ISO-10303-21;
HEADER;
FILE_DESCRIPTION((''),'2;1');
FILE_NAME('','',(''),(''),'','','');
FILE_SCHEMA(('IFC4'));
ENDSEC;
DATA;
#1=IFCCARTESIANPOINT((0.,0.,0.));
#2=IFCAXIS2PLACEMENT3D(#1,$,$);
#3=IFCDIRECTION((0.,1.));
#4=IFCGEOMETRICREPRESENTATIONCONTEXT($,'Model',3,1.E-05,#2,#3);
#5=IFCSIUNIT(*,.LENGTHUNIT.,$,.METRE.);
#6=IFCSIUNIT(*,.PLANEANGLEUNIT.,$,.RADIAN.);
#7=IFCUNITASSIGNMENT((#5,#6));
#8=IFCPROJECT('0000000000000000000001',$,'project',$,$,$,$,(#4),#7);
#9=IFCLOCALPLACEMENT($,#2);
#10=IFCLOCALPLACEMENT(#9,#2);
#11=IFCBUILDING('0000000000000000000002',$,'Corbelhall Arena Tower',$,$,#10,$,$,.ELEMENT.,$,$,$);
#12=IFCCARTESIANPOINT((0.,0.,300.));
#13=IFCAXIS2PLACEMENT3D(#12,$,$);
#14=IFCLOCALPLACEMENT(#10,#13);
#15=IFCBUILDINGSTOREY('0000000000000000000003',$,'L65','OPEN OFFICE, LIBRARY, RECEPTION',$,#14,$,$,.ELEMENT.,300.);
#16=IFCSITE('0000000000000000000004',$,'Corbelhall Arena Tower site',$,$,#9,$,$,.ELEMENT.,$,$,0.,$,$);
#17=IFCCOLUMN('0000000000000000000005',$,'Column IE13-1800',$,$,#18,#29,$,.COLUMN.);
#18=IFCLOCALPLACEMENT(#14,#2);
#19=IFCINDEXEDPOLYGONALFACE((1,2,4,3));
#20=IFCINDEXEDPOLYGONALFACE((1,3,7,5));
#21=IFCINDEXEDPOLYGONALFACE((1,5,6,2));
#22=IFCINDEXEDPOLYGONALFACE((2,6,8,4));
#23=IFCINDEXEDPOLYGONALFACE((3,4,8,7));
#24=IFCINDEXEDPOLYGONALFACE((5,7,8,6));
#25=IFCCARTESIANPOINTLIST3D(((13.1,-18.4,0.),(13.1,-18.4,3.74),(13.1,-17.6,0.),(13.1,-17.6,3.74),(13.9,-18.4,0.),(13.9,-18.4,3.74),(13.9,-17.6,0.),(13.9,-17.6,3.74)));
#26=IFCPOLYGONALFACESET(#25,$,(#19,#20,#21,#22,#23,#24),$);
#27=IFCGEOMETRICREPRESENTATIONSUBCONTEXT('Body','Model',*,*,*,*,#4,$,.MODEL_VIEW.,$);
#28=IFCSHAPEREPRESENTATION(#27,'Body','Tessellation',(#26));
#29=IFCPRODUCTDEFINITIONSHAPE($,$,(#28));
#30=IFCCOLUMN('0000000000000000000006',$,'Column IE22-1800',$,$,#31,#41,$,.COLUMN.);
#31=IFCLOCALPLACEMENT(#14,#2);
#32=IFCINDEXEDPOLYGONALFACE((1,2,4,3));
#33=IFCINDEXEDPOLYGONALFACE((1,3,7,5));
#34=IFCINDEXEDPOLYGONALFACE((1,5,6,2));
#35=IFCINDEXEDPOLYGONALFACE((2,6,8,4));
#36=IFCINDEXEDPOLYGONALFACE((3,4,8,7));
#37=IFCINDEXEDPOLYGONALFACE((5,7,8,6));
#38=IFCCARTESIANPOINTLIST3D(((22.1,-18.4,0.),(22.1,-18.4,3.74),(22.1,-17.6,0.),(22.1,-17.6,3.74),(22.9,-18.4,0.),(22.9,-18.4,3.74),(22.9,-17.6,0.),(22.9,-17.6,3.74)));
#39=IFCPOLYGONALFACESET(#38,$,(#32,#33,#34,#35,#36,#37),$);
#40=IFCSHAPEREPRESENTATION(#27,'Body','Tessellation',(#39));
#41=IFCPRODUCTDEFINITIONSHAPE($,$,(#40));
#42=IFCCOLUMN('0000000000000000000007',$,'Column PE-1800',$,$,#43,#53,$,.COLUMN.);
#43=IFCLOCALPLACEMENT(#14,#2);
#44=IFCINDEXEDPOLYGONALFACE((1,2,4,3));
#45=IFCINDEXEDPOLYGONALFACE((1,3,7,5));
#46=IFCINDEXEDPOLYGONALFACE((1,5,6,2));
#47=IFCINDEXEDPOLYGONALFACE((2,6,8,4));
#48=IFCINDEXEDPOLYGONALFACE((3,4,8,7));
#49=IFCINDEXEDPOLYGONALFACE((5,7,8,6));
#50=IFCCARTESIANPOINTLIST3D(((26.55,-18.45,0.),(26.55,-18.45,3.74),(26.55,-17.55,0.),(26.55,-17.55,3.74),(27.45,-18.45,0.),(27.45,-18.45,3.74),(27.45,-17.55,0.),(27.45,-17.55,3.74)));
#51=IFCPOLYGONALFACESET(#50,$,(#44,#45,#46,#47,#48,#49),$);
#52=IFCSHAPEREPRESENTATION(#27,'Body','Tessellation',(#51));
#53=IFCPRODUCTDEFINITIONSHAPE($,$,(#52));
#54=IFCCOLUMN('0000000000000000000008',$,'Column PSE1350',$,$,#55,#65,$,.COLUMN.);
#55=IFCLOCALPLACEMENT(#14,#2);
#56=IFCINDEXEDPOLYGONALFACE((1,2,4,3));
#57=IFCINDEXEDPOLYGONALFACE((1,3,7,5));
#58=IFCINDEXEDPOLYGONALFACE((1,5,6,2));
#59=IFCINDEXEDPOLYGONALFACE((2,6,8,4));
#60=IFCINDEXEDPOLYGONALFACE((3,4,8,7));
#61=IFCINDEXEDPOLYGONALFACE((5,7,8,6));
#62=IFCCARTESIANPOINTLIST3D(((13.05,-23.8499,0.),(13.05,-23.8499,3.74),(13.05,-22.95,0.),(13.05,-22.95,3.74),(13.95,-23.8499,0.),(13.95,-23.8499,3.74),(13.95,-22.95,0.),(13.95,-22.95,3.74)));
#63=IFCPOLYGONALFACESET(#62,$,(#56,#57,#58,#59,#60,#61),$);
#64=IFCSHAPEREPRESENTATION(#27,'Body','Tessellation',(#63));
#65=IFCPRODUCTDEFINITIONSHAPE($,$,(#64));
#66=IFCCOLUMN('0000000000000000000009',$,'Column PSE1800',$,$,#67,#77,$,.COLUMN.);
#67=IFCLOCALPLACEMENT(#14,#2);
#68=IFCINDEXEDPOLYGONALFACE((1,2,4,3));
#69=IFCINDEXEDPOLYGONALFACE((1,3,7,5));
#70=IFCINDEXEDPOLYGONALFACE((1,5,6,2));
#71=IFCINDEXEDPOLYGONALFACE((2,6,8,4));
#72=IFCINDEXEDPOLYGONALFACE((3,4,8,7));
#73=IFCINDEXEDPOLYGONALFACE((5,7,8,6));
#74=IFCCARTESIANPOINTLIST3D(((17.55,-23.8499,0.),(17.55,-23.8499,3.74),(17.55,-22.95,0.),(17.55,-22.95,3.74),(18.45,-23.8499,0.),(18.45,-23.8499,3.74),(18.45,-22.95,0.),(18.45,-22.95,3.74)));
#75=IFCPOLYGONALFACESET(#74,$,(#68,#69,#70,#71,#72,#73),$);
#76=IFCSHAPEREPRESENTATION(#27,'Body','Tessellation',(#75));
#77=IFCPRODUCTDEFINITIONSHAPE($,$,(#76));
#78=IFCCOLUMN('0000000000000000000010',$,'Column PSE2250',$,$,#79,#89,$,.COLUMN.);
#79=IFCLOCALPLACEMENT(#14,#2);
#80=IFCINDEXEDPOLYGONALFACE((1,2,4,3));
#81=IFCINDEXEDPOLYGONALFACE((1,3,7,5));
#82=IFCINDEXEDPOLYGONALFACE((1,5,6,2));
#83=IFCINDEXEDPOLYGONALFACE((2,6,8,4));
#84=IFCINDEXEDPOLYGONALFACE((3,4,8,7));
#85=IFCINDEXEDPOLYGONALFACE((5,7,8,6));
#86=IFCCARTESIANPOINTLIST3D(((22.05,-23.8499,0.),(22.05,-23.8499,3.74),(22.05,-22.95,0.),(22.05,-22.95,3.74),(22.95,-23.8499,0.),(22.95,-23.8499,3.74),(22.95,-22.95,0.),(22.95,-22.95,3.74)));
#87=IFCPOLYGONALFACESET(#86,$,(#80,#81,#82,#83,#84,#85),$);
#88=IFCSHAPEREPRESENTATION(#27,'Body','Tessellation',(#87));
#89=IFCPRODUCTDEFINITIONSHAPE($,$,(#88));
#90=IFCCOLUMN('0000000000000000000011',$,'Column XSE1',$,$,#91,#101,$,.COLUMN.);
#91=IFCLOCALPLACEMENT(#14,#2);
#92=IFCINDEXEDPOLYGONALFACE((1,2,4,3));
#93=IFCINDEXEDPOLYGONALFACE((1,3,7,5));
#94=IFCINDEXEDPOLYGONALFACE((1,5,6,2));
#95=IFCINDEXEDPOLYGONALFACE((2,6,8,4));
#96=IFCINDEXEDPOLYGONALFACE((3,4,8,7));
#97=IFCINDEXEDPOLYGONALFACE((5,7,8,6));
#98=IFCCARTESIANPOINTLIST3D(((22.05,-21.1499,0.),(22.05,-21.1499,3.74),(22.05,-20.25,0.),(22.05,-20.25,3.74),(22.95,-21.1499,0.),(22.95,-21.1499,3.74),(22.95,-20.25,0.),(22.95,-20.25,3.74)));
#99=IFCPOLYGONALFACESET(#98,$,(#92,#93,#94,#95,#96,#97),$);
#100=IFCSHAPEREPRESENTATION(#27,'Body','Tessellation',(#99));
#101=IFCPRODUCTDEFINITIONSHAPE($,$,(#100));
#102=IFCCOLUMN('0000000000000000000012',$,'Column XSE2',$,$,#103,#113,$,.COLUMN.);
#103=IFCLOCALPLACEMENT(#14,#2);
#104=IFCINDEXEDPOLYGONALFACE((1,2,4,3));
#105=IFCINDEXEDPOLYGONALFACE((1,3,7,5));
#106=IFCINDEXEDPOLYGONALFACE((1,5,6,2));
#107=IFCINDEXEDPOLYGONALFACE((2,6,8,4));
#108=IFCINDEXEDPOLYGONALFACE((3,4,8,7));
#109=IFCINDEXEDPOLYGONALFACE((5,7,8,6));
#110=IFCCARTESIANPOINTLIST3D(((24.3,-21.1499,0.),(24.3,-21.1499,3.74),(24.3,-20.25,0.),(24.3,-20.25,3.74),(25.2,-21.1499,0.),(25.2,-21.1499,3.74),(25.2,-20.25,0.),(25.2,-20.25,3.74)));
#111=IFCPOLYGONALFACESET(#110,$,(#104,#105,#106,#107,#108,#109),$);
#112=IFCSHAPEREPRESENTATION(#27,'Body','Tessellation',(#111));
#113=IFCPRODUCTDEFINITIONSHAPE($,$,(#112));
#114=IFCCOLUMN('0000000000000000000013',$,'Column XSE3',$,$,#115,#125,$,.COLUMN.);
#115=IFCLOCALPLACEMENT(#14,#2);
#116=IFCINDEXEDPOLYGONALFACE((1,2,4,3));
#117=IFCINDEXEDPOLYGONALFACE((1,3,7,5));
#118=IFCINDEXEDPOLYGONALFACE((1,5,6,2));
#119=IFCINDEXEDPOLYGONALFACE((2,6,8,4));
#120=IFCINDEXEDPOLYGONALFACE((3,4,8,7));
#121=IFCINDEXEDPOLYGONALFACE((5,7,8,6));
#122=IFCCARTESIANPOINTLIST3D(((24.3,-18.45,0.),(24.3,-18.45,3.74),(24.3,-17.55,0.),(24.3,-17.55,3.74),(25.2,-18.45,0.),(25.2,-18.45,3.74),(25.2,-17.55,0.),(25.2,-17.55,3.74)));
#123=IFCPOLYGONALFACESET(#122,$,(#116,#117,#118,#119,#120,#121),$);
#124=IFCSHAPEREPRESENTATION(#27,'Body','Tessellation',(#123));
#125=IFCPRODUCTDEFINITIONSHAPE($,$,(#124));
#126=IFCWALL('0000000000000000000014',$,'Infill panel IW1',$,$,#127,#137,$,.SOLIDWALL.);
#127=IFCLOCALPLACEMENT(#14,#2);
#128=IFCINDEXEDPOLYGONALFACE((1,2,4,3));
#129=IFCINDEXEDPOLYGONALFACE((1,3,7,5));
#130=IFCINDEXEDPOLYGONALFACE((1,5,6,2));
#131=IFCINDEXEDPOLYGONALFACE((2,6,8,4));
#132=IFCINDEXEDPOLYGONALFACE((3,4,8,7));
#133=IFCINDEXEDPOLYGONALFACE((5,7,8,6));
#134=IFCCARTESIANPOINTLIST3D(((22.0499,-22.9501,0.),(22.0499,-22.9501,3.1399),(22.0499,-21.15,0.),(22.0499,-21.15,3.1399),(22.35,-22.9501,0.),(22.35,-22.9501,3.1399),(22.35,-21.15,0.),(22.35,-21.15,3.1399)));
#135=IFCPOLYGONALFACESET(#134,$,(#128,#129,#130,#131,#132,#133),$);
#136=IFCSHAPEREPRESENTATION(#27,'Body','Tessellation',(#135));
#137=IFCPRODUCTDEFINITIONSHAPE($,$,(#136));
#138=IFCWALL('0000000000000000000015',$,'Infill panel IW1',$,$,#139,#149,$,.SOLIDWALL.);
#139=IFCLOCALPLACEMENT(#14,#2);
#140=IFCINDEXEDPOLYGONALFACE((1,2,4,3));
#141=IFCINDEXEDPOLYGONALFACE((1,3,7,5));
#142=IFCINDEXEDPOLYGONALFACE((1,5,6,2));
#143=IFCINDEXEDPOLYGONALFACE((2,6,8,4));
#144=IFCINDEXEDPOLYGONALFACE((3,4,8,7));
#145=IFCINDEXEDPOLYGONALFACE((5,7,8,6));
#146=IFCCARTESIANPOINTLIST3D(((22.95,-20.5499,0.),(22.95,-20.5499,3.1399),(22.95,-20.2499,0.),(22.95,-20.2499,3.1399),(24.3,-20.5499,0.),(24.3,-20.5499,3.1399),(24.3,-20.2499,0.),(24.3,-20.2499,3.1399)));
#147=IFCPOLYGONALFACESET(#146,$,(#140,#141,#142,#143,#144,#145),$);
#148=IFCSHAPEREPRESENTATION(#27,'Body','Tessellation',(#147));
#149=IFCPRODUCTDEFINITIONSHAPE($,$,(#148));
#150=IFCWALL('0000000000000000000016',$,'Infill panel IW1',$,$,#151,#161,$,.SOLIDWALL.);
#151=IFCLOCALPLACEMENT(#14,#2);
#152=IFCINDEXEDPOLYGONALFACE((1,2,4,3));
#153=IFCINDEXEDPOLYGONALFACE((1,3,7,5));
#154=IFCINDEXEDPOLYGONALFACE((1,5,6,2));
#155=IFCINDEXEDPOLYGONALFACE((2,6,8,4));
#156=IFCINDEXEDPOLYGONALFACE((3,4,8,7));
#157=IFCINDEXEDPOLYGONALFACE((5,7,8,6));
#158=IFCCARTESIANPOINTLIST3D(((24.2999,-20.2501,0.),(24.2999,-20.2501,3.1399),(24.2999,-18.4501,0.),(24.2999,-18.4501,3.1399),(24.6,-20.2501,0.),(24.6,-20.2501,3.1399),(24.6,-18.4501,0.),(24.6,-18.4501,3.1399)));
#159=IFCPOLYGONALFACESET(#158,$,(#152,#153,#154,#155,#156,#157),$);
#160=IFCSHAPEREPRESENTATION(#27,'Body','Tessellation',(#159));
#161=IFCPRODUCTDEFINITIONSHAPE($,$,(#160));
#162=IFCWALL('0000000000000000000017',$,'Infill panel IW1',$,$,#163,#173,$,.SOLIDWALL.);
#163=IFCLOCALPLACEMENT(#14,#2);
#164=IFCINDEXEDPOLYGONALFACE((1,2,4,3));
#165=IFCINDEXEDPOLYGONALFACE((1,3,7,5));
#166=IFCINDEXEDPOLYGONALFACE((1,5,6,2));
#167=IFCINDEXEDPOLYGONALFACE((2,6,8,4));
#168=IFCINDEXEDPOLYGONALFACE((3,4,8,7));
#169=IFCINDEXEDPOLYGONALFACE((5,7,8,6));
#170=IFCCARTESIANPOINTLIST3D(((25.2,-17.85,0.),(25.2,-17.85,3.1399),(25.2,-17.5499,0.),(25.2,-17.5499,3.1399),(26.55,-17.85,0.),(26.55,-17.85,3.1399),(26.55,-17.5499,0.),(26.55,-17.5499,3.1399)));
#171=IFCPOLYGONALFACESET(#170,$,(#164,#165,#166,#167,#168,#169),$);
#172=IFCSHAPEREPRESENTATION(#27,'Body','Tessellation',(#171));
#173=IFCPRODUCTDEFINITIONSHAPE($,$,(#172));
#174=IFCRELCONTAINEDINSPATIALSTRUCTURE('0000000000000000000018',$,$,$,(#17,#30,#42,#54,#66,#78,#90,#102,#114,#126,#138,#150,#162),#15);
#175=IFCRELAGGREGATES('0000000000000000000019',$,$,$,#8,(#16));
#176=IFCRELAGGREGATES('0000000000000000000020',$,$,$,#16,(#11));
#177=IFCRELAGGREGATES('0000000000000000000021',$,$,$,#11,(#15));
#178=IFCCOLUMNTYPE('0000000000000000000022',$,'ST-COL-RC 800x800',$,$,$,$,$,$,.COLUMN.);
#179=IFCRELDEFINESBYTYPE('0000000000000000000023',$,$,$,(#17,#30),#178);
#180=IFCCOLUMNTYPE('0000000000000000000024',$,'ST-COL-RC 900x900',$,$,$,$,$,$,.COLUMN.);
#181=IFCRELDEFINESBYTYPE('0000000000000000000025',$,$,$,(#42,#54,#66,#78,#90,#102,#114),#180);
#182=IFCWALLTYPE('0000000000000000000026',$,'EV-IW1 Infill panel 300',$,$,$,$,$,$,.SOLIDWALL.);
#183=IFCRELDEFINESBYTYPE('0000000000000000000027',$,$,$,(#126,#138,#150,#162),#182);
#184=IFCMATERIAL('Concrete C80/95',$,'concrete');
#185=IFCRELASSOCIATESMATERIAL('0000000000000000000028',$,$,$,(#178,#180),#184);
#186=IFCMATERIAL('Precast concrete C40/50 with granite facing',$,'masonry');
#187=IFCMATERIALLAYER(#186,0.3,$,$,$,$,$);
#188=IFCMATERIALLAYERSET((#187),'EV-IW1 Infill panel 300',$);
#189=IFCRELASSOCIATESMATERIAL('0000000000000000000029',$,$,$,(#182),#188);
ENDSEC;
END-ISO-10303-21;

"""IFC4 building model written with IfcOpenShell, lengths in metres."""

from ifc_helpers import new_model, si_unit, direction, frame, frame_2d, origin, origin_2d, place, context, subcontext, project, spatial, rectangle, extrude, material, layer, layer_set, material_profile, profile_set, type_object, element, save


model = new_model("IFC4")

# Units and contexts
model_context = context("Model", 3, precision=1e-05, world=origin(), true_north=direction((0.0, 1.0)))
body_context = subcontext(model_context, "Body", "Model", "MODEL_VIEW")
ifc_project = project(units=[si_unit("LENGTHUNIT", "METRE"), si_unit("PLANEANGLEUNIT", "RADIAN")], contexts=[model_context])

# Site, building, storey
site_placement = place(None, origin())
site = spatial("IfcSite", under=ifc_project, at=site_placement, Name="Corbelhall Arena Tower site", CompositionType="ELEMENT", RefElevation=0.0)
building_placement = place(site_placement, origin())
building = spatial("IfcBuilding", under=site, at=building_placement, Name="Corbelhall Arena Tower", CompositionType="ELEMENT")
storey_placement = place(building_placement, frame((0.0, 0.0, 300.0)))
storey = spatial("IfcBuildingStorey", under=building, at=storey_placement, Name="L65", Description="OPEN OFFICE, LIBRARY, RECEPTION", CompositionType="ELEMENT", Elevation=300.0)

# Columns
ifc_material_1 = material(Name="Concrete C80/95", Category="concrete")
ifc_material_profile_1 = material_profile(ifc_material_1, rectangle(XDim=0.8, YDim=0.8, at=origin_2d()))
ifc_profile_set_1 = profile_set([ifc_material_profile_1], Name="Concrete C80/95")
column_type_1 = type_object("IfcColumnType", Name="ST-COL-RC 800x800", PredefinedType="COLUMN", material=ifc_profile_set_1)
for number, where, z_axis, x_axis, name in (
    (1, (13.5, -18.0, 0.0), (0.0, 0.0, 1.0), (1.0, 0.0, 0.0), "Column IE13-1800"),
    (2, (22.5, -18.0, 0.0), (0.0, 0.0, 1.0), (1.0, 0.0, 0.0), "Column IE22-1800"),
):
    element("IfcColumn", number, at=place(storey_placement, frame(where, z_axis=z_axis, x_axis=x_axis)), inside=storey, type_object=column_type_1, Name=name, PredefinedType="COLUMN", context=body_context, shape_type="SweptSolid", body=[
        extrude(rectangle(XDim=0.8, YDim=0.8, at=origin_2d()), origin(), (0.0, 0.0, 1.0), 3.74),
    ])
ifc_material_profile_2 = material_profile(ifc_material_1, rectangle(XDim=0.8999, YDim=0.8999, at=origin_2d()))
ifc_profile_set_2 = profile_set([ifc_material_profile_2], Name="Concrete C80/95")
column_type_2 = type_object("IfcColumnType", Name="ST-COL-RC 900x900", PredefinedType="COLUMN", material=ifc_profile_set_2)
for number, where, z_axis, x_axis, name in (
    (3, (27.0, -18.0, 0.0), (0.0, 0.0, 1.0), (0.0, 1.0, 0.0), "Column PE-1800"),
    (4, (13.5, -23.3999, 0.0), (0.0, 0.0, 1.0), (1.0, 0.0, 0.0), "Column PSE1350"),
    (5, (18.0, -23.3999, 0.0), (0.0, 0.0, 1.0), (1.0, 0.0, 0.0), "Column PSE1800"),
    (6, (22.5, -23.3999, 0.0), (0.0, 0.0, 1.0), (1.0, 0.0, 0.0), "Column PSE2250"),
    (7, (22.5, -20.7, 0.0), (0.0, 0.0, 1.0), (1.0, 0.0, 0.0), "Column XSE1"),
    (8, (24.75, -20.7, 0.0), (0.0, 0.0, 1.0), (1.0, 0.0, 0.0), "Column XSE2"),
    (9, (24.75, -18.0, 0.0), (0.0, 0.0, 1.0), (1.0, 0.0, 0.0), "Column XSE3"),
):
    element("IfcColumn", number, at=place(storey_placement, frame(where, z_axis=z_axis, x_axis=x_axis)), inside=storey, type_object=column_type_2, Name=name, PredefinedType="COLUMN", context=body_context, shape_type="SweptSolid", body=[
        extrude(rectangle(XDim=0.8999, YDim=0.8999, at=origin_2d()), origin(), (0.0, 0.0, 1.0), 3.74),
    ])

# Shared definitions
ifc_material_2 = material(Name="Precast concrete C40/50 with granite facing", Category="masonry")
ifc_layer_1 = layer(ifc_material_2, 0.3)
ifc_layer_set_1 = layer_set([ifc_layer_1], Name="EV-IW1 Infill panel 300")
wall_type_1 = type_object("IfcWallType", Name="EV-IW1 Infill panel 300", PredefinedType="SOLIDWALL", material=ifc_layer_set_1)

# Walls
wall_1_placement = place(storey_placement, frame((22.2, -22.95, 0.0), z_axis=(0.0, 0.0, 1.0), x_axis=(0.0, 1.0, 0.0)))
element("IfcWall", 10, at=wall_1_placement, inside=storey, type_object=wall_type_1, Name="Infill panel IW1", PredefinedType="SOLIDWALL", context=body_context, shape_type="SweptSolid", body=[
    extrude(rectangle(XDim=1.8, YDim=0.3, at=frame_2d((0.8999, 0.0))), origin(), (0.0, 0.0, 1.0), 3.1399),
])
wall_2_placement = place(storey_placement, frame((22.95, -20.3999, 0.0), z_axis=(0.0, 0.0, 1.0), x_axis=(1.0, 0.0, 0.0)))
element("IfcWall", 11, at=wall_2_placement, inside=storey, type_object=wall_type_1, Name="Infill panel IW1", PredefinedType="SOLIDWALL", context=body_context, shape_type="SweptSolid", body=[
    extrude(rectangle(XDim=1.3501, YDim=0.3, at=frame_2d((0.675, 0.0))), origin(), (0.0, 0.0, 1.0), 3.1399),
])
wall_3_placement = place(storey_placement, frame((24.45, -20.25, 0.0), z_axis=(0.0, 0.0, 1.0), x_axis=(0.0, 1.0, 0.0)))
element("IfcWall", 12, at=wall_3_placement, inside=storey, type_object=wall_type_1, Name="Infill panel IW1", PredefinedType="SOLIDWALL", context=body_context, shape_type="SweptSolid", body=[
    extrude(rectangle(XDim=1.8, YDim=0.3, at=frame_2d((0.8999, 0.0))), origin(), (0.0, 0.0, 1.0), 3.1399),
])
wall_4_placement = place(storey_placement, frame((25.2, -17.7, 0.0), z_axis=(0.0, 0.0, 1.0), x_axis=(1.0, 0.0, 0.0)))
element("IfcWall", 13, at=wall_4_placement, inside=storey, type_object=wall_type_1, Name="Infill panel IW1", PredefinedType="SOLIDWALL", context=body_context, shape_type="SweptSolid", body=[
    extrude(rectangle(XDim=1.3501, YDim=0.3, at=frame_2d((0.675, 0.0))), origin(), (0.0, 0.0, 1.0), 3.1399),
])

save(model, "model.ifc")
